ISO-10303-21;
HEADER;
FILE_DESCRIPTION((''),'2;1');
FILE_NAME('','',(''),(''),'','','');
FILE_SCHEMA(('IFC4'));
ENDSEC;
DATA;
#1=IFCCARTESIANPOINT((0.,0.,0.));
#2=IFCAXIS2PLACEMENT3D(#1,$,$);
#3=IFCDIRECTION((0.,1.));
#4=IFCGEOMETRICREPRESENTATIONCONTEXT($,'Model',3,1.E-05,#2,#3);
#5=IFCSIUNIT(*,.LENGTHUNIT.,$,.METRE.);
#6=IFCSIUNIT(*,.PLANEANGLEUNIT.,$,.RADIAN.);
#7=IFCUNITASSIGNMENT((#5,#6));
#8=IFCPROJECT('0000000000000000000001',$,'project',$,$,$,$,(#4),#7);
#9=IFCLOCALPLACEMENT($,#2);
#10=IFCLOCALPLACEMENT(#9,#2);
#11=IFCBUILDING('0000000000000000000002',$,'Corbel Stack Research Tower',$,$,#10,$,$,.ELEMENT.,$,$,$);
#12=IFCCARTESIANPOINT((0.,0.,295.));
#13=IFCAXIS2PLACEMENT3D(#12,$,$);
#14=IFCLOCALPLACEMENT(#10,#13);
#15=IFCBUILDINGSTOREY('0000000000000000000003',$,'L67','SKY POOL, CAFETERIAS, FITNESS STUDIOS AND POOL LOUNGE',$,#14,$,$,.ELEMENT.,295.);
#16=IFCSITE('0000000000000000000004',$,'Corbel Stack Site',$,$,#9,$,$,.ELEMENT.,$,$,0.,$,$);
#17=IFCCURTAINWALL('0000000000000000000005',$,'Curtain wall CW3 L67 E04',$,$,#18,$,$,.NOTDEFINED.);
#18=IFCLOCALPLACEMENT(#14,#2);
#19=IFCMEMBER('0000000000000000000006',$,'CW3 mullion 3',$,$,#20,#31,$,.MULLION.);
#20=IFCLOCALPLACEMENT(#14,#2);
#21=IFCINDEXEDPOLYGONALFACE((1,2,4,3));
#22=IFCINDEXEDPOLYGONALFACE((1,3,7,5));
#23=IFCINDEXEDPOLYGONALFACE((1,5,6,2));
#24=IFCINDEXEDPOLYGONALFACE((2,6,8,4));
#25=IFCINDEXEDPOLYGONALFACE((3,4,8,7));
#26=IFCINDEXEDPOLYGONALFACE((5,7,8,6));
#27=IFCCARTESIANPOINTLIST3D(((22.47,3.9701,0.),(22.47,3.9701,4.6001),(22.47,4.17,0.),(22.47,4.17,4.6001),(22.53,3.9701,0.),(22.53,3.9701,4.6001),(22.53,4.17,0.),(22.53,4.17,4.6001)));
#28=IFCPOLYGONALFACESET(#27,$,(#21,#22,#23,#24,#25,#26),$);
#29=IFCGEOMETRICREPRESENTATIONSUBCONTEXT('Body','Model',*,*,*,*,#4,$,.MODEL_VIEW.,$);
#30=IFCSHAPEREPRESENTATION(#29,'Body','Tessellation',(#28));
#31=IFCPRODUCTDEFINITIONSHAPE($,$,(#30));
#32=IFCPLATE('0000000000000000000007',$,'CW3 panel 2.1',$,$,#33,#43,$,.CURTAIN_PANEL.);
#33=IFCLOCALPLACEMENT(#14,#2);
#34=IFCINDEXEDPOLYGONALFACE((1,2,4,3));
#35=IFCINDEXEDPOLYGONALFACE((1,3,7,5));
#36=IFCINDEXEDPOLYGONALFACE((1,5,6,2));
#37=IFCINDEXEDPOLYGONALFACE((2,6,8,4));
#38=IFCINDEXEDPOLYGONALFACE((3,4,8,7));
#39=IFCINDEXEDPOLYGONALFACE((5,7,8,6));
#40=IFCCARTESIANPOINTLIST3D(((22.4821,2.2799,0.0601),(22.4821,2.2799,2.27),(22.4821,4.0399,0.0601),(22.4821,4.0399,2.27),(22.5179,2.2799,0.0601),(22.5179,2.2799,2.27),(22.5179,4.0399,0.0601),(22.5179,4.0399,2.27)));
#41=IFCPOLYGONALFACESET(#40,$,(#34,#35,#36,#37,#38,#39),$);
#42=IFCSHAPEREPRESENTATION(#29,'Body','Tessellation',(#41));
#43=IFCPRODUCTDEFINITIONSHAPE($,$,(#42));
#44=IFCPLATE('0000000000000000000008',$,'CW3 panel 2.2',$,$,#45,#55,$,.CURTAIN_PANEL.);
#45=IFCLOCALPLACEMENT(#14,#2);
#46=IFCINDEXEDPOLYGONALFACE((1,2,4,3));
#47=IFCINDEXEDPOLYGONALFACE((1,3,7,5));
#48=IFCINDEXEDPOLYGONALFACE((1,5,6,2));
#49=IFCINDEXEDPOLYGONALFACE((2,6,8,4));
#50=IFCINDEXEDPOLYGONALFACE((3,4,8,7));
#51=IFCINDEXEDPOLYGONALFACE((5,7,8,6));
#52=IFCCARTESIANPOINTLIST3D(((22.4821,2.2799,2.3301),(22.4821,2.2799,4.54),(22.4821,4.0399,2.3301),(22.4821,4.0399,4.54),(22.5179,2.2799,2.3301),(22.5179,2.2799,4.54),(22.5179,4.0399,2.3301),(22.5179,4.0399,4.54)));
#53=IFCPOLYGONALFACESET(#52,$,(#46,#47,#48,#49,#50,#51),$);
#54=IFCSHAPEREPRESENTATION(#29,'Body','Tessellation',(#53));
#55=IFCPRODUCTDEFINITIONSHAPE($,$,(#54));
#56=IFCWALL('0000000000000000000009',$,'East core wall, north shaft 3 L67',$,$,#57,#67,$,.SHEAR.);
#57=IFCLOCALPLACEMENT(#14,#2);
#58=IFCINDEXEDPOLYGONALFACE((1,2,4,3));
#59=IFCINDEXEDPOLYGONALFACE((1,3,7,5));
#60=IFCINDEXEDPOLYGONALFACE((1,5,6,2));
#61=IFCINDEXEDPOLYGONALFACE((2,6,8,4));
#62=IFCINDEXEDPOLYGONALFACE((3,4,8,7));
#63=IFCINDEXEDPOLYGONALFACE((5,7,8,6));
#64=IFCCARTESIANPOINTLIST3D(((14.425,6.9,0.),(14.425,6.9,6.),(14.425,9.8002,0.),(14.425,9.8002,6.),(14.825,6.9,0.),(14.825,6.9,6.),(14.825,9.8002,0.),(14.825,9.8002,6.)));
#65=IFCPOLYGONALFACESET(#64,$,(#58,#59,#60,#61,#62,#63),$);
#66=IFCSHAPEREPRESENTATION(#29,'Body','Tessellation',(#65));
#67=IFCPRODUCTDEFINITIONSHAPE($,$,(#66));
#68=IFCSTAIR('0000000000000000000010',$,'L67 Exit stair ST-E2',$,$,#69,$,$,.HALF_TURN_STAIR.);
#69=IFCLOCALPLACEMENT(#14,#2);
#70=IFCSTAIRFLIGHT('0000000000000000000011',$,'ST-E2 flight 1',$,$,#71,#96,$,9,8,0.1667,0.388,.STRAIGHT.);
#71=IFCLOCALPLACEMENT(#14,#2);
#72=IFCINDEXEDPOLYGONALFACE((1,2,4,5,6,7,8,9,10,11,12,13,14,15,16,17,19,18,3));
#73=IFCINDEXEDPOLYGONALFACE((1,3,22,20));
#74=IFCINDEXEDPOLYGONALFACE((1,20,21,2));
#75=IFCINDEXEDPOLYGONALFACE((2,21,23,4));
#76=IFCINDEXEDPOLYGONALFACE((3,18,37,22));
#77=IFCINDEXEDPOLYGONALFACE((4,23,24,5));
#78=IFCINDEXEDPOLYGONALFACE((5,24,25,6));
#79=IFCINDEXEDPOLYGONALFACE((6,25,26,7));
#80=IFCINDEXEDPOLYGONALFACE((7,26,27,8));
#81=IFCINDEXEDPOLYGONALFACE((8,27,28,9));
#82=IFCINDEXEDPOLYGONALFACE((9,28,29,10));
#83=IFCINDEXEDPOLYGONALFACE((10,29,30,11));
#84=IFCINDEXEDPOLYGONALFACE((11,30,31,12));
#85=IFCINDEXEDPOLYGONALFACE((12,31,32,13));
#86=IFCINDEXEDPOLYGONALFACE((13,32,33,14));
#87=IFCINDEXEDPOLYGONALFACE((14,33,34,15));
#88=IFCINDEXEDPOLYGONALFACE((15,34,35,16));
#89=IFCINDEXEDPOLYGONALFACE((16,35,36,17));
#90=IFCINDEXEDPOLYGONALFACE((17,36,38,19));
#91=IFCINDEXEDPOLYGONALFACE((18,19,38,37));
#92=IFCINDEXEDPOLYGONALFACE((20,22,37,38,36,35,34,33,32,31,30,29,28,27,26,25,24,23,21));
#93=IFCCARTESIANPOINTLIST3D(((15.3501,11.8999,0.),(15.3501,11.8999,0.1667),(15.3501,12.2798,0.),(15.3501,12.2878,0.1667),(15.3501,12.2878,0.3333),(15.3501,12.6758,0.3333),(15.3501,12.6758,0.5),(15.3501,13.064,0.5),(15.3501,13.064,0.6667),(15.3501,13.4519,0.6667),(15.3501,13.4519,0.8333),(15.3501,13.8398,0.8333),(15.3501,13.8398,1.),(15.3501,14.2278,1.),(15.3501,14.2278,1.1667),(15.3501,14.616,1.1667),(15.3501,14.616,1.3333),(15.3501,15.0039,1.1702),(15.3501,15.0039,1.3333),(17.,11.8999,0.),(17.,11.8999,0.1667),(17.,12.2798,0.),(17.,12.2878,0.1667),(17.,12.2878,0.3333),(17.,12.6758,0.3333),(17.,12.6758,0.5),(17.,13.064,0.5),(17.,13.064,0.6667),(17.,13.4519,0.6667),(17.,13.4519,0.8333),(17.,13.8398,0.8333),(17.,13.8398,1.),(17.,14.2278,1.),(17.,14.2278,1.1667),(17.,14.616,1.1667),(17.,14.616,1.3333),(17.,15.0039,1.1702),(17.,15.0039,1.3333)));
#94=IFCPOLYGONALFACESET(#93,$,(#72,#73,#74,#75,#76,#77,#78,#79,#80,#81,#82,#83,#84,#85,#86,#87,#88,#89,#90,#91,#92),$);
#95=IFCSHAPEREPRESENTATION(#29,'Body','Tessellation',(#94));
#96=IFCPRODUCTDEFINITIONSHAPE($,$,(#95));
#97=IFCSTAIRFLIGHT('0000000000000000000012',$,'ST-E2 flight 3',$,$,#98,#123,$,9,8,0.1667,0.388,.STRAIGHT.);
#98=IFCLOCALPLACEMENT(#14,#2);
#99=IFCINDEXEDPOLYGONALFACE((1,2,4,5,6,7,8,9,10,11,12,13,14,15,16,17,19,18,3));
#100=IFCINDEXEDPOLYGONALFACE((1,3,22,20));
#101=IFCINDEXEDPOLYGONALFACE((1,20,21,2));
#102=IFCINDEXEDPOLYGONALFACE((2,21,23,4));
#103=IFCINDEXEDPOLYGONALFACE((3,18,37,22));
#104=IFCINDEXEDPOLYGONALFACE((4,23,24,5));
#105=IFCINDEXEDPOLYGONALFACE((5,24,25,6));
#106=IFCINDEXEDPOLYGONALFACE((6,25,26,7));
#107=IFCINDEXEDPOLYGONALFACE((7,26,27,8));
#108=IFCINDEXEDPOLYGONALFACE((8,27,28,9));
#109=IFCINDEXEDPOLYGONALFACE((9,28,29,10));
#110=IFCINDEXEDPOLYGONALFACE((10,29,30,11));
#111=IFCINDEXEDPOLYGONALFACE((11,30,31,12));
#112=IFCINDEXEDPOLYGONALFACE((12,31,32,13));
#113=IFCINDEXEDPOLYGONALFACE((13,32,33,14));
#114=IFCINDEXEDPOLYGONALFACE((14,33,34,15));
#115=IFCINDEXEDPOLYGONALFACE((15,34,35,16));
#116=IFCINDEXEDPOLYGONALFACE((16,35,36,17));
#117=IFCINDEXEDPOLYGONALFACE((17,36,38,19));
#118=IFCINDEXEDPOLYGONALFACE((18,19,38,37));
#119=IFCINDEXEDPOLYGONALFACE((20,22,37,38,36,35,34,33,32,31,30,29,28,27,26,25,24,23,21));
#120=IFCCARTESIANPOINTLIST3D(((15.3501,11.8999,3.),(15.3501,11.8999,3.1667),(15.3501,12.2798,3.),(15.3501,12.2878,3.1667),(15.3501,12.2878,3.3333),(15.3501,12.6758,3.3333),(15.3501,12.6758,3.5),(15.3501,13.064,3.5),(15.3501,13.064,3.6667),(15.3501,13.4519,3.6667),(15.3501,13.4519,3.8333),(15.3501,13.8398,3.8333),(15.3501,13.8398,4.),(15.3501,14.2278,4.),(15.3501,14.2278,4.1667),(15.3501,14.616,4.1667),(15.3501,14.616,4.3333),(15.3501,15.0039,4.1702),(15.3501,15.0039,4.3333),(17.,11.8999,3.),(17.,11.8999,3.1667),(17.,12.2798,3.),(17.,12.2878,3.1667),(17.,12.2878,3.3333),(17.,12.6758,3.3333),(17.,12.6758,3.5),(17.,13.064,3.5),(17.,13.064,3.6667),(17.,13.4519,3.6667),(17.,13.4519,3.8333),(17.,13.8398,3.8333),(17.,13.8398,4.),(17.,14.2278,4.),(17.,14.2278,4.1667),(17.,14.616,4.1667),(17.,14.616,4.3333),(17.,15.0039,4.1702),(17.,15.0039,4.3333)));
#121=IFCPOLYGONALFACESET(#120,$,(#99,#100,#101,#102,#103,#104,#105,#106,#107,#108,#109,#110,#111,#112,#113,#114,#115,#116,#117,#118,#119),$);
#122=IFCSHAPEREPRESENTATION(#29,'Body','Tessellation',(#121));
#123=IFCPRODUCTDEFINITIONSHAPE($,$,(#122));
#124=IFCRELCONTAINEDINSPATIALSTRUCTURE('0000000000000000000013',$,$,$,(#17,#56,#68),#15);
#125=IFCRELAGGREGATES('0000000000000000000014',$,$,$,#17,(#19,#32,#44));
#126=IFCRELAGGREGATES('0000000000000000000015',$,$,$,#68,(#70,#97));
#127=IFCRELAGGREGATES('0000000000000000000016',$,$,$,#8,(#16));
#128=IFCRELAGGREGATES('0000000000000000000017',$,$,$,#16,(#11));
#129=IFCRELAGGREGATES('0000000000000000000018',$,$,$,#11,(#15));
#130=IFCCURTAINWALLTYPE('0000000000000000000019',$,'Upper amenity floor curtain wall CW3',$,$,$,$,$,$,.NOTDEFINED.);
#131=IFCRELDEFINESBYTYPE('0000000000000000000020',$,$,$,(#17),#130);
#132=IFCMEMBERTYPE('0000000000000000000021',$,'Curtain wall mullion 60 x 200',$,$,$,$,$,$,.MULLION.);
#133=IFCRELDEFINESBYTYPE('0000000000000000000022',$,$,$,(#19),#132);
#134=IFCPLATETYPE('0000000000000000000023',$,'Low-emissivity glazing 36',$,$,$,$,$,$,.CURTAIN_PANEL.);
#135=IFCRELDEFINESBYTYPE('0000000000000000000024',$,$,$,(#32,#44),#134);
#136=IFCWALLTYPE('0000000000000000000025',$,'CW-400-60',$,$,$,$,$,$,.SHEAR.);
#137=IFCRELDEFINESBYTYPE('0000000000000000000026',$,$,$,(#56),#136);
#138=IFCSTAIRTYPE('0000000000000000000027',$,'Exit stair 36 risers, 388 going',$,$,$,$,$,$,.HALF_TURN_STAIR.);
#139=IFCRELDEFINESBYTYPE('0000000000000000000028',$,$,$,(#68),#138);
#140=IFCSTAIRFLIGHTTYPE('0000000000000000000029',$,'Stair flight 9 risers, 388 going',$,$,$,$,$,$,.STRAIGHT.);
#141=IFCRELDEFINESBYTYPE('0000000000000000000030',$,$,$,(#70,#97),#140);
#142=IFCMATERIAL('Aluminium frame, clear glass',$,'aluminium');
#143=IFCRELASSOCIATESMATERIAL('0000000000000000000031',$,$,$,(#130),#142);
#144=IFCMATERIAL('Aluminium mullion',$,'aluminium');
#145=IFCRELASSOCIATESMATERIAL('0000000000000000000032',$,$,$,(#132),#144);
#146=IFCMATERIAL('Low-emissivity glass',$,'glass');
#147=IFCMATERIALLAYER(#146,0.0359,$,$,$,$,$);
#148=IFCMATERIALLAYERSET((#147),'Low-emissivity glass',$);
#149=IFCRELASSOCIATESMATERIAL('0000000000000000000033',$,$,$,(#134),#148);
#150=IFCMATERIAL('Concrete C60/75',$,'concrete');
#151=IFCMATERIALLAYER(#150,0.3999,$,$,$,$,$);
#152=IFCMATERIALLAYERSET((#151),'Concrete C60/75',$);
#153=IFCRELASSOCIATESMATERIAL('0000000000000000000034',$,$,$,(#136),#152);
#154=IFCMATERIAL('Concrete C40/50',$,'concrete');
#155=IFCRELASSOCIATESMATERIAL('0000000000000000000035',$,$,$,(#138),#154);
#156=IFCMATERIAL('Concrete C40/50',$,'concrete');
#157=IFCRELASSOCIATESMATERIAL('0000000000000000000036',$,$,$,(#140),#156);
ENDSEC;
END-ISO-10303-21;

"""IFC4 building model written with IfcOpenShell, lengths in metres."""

from ifc_helpers import new_model, si_unit, direction, frame, frame_2d, origin, origin_2d, place, context, subcontext, project, spatial, polyline, rectangle, outline, extrude, material, layer, layer_set, material_profile, profile_set, type_object, element, aggregate, save


model = new_model("IFC4")

# Units and contexts
model_context = context("Model", 3, precision=1e-05, world=origin(), true_north=direction((0.0, 1.0)))
body_context = subcontext(model_context, "Body", "Model", "MODEL_VIEW")
ifc_project = project(units=[si_unit("LENGTHUNIT", "METRE"), si_unit("PLANEANGLEUNIT", "RADIAN")], contexts=[model_context])

# Site, building, storey
site_placement = place(None, origin())
site = spatial("IfcSite", under=ifc_project, at=site_placement, Name="Corbel Stack Site", CompositionType="ELEMENT", RefElevation=0.0)
building_placement = place(site_placement, origin())
building = spatial("IfcBuilding", under=site, at=building_placement, Name="Corbel Stack Research Tower", CompositionType="ELEMENT")
storey_placement = place(building_placement, frame((0.0, 0.0, 295.0)))
storey = spatial("IfcBuildingStorey", under=building, at=storey_placement, Name="L67", Description="SKY POOL, CAFETERIAS, FITNESS STUDIOS AND POOL LOUNGE", CompositionType="ELEMENT", Elevation=295.0)

# Curtain wall, member, plates
ifc_material_1 = material(Name="Aluminium frame, clear glass", Category="aluminium")
curtain_wall_type = type_object("IfcCurtainWallType", Name="Upper amenity floor curtain wall CW3", PredefinedType="NOTDEFINED", material=ifc_material_1)
curtain_wall_placement = place(storey_placement, origin())
curtain_wall = element("IfcCurtainWall", 1, at=curtain_wall_placement, inside=storey, type_object=curtain_wall_type, Name="Curtain wall CW3 L67 E04", PredefinedType="NOTDEFINED")
ifc_material_2 = material(Name="Aluminium mullion", Category="aluminium")
ifc_material_profile = material_profile(ifc_material_2, rectangle(XDim=0.0601, YDim=0.2, at=origin_2d()), Name="Mullion 60 x 200")
ifc_profile_set = profile_set([ifc_material_profile], Name="Aluminium mullion")
member_type = type_object("IfcMemberType", Name="Curtain wall mullion 60 x 200", PredefinedType="MULLION", material=ifc_profile_set)
member_placement = place(storey_placement, frame((22.5, 4.0701, 0.0), z_axis=(0.0, 0.0, 1.0), x_axis=(-1.0, 0.0, 0.0)))
member = element("IfcMember", 2, at=member_placement, type_object=member_type, Name="CW3 mullion 3", PredefinedType="MULLION", context=body_context, shape_type="SweptSolid", body=[
    extrude(rectangle(XDim=0.0601, YDim=0.2, at=origin_2d()), origin(), (0.0, 0.0, 1.0), 4.6001),
])
ifc_material_3 = material(Name="Low-emissivity glass", Category="glass")
ifc_layer_1 = layer(ifc_material_3, 0.0359)
ifc_layer_set_1 = layer_set([ifc_layer_1], Name="Low-emissivity glass")
plate_type = type_object("IfcPlateType", Name="Low-emissivity glazing 36", PredefinedType="CURTAIN_PANEL", material=ifc_layer_set_1)
plate_1_placement = place(storey_placement, frame((22.5, 3.1599, 0.0601), z_axis=(0.0, 0.0, 1.0), x_axis=(0.0, 1.0, 0.0)))
plate_1 = element("IfcPlate", 3, at=plate_1_placement, type_object=plate_type, Name="CW3 panel 2.1", PredefinedType="CURTAIN_PANEL", context=body_context, shape_type="SweptSolid", body=[
    extrude(rectangle(XDim=1.76, YDim=0.0359, at=origin_2d()), origin(), (0.0, 0.0, 1.0), 2.21),
])
plate_2_placement = place(storey_placement, frame((22.5, 3.1599, 2.3301), z_axis=(0.0, 0.0, 1.0), x_axis=(0.0, 1.0, 0.0)))
plate_2 = element("IfcPlate", 4, at=plate_2_placement, type_object=plate_type, Name="CW3 panel 2.2", PredefinedType="CURTAIN_PANEL", context=body_context, shape_type="SweptSolid", body=[
    extrude(rectangle(XDim=1.76, YDim=0.0359, at=origin_2d()), origin(), (0.0, 0.0, 1.0), 2.21),
])
aggregate(curtain_wall, [member, plate_1, plate_2])

# Wall
ifc_material_4 = material(Name="Concrete C60/75", Category="concrete")
ifc_layer_2 = layer(ifc_material_4, 0.3999)
ifc_layer_set_2 = layer_set([ifc_layer_2], Name="Concrete C60/75")
wall_type = type_object("IfcWallType", Name="CW-400-60", PredefinedType="SHEAR", material=ifc_layer_set_2)
wall_placement = place(storey_placement, frame((14.625, 6.8999, 0.0), z_axis=(0.0, 0.0, 1.0), x_axis=(0.0, 1.0, 0.0)))
element("IfcWall", 5, at=wall_placement, inside=storey, type_object=wall_type, Name="East core wall, north shaft 3 L67", PredefinedType="SHEAR", context=body_context, shape_type="SweptSolid", body=[
    extrude(rectangle(XDim=2.9001, YDim=0.3999, at=frame_2d((1.4502, 0.0))), origin(), (0.0, 0.0, 1.0), 6.0),
])

# Stair, stair flights
ifc_material_5 = material(Name="Concrete C40/50", Category="concrete")
stair_type = type_object("IfcStairType", Name="Exit stair 36 risers, 388 going", PredefinedType="HALF_TURN_STAIR", material=ifc_material_5)
stair_placement = place(storey_placement, origin())
stair = element("IfcStair", 6, at=stair_placement, inside=storey, type_object=stair_type, Name="L67 Exit stair ST-E2", PredefinedType="HALF_TURN_STAIR")
ifc_material_6 = material(Name="Concrete C40/50", Category="concrete")
stair_flight_type = type_object("IfcStairFlightType", Name="Stair flight 9 risers, 388 going", PredefinedType="STRAIGHT", material=ifc_material_6)
stair_flight_1_placement = place(storey_placement, frame((16.175, 11.8999, 0.0), z_axis=(0.0, 0.0, 1.0), x_axis=(0.0, 1.0, 0.0)))
stair_flight_1 = element("IfcStairFlight", 7, at=stair_flight_1_placement, type_object=stair_flight_type, Name="ST-E2 flight 1", NumberOfRisers=9, NumberOfTreads=8, PredefinedType="STRAIGHT", RiserHeight=0.1667, TreadLength=0.388, context=body_context, shape_type="SweptSolid", body=[
    extrude(outline(polyline([(0.0, 0.0), (0.0, 0.1667), (0.3879, 0.1667), (0.3879, 0.3333), (0.7759, 0.3333), (0.7759, 0.5), (1.1641, 0.5), (1.1641, 0.6667), (1.552, 0.6667), (1.552, 0.8333), (1.9399, 0.8333), (1.9399, 1.0), (2.3279, 1.0), (2.3279, 1.1667), (2.7161, 1.1667), (2.7161, 1.3333), (3.104, 1.3333), (3.104, 1.5), (3.104, 1.1702), (0.3799, 0.0), (0.0, 0.0)])), frame((0.0, 0.825, 0.0), z_axis=(0.0, -1.0, 0.0), x_axis=(1.0, 0.0, 0.0)), (0.0, 0.0, 1.0), 1.6499),
])
stair_flight_2_placement = place(storey_placement, frame((16.175, 11.8999, 3.0), z_axis=(0.0, 0.0, 1.0), x_axis=(0.0, 1.0, 0.0)))
stair_flight_2 = element("IfcStairFlight", 8, at=stair_flight_2_placement, type_object=stair_flight_type, Name="ST-E2 flight 3", NumberOfRisers=9, NumberOfTreads=8, PredefinedType="STRAIGHT", RiserHeight=0.1667, TreadLength=0.388, context=body_context, shape_type="SweptSolid", body=[
    extrude(outline(polyline([(0.0, 0.0), (0.0, 0.1667), (0.3879, 0.1667), (0.3879, 0.3333), (0.7759, 0.3333), (0.7759, 0.5), (1.1641, 0.5), (1.1641, 0.6667), (1.552, 0.6667), (1.552, 0.8333), (1.9399, 0.8333), (1.9399, 1.0), (2.3279, 1.0), (2.3279, 1.1667), (2.7161, 1.1667), (2.7161, 1.3333), (3.104, 1.3333), (3.104, 1.5), (3.104, 1.1702), (0.3799, 0.0), (0.0, 0.0)])), frame((0.0, 0.825, 0.0), z_axis=(0.0, -1.0, 0.0), x_axis=(1.0, 0.0, 0.0)), (0.0, 0.0, 1.0), 1.6499),
])
aggregate(stair, [stair_flight_1, stair_flight_2])

save(model, "model.ifc")
